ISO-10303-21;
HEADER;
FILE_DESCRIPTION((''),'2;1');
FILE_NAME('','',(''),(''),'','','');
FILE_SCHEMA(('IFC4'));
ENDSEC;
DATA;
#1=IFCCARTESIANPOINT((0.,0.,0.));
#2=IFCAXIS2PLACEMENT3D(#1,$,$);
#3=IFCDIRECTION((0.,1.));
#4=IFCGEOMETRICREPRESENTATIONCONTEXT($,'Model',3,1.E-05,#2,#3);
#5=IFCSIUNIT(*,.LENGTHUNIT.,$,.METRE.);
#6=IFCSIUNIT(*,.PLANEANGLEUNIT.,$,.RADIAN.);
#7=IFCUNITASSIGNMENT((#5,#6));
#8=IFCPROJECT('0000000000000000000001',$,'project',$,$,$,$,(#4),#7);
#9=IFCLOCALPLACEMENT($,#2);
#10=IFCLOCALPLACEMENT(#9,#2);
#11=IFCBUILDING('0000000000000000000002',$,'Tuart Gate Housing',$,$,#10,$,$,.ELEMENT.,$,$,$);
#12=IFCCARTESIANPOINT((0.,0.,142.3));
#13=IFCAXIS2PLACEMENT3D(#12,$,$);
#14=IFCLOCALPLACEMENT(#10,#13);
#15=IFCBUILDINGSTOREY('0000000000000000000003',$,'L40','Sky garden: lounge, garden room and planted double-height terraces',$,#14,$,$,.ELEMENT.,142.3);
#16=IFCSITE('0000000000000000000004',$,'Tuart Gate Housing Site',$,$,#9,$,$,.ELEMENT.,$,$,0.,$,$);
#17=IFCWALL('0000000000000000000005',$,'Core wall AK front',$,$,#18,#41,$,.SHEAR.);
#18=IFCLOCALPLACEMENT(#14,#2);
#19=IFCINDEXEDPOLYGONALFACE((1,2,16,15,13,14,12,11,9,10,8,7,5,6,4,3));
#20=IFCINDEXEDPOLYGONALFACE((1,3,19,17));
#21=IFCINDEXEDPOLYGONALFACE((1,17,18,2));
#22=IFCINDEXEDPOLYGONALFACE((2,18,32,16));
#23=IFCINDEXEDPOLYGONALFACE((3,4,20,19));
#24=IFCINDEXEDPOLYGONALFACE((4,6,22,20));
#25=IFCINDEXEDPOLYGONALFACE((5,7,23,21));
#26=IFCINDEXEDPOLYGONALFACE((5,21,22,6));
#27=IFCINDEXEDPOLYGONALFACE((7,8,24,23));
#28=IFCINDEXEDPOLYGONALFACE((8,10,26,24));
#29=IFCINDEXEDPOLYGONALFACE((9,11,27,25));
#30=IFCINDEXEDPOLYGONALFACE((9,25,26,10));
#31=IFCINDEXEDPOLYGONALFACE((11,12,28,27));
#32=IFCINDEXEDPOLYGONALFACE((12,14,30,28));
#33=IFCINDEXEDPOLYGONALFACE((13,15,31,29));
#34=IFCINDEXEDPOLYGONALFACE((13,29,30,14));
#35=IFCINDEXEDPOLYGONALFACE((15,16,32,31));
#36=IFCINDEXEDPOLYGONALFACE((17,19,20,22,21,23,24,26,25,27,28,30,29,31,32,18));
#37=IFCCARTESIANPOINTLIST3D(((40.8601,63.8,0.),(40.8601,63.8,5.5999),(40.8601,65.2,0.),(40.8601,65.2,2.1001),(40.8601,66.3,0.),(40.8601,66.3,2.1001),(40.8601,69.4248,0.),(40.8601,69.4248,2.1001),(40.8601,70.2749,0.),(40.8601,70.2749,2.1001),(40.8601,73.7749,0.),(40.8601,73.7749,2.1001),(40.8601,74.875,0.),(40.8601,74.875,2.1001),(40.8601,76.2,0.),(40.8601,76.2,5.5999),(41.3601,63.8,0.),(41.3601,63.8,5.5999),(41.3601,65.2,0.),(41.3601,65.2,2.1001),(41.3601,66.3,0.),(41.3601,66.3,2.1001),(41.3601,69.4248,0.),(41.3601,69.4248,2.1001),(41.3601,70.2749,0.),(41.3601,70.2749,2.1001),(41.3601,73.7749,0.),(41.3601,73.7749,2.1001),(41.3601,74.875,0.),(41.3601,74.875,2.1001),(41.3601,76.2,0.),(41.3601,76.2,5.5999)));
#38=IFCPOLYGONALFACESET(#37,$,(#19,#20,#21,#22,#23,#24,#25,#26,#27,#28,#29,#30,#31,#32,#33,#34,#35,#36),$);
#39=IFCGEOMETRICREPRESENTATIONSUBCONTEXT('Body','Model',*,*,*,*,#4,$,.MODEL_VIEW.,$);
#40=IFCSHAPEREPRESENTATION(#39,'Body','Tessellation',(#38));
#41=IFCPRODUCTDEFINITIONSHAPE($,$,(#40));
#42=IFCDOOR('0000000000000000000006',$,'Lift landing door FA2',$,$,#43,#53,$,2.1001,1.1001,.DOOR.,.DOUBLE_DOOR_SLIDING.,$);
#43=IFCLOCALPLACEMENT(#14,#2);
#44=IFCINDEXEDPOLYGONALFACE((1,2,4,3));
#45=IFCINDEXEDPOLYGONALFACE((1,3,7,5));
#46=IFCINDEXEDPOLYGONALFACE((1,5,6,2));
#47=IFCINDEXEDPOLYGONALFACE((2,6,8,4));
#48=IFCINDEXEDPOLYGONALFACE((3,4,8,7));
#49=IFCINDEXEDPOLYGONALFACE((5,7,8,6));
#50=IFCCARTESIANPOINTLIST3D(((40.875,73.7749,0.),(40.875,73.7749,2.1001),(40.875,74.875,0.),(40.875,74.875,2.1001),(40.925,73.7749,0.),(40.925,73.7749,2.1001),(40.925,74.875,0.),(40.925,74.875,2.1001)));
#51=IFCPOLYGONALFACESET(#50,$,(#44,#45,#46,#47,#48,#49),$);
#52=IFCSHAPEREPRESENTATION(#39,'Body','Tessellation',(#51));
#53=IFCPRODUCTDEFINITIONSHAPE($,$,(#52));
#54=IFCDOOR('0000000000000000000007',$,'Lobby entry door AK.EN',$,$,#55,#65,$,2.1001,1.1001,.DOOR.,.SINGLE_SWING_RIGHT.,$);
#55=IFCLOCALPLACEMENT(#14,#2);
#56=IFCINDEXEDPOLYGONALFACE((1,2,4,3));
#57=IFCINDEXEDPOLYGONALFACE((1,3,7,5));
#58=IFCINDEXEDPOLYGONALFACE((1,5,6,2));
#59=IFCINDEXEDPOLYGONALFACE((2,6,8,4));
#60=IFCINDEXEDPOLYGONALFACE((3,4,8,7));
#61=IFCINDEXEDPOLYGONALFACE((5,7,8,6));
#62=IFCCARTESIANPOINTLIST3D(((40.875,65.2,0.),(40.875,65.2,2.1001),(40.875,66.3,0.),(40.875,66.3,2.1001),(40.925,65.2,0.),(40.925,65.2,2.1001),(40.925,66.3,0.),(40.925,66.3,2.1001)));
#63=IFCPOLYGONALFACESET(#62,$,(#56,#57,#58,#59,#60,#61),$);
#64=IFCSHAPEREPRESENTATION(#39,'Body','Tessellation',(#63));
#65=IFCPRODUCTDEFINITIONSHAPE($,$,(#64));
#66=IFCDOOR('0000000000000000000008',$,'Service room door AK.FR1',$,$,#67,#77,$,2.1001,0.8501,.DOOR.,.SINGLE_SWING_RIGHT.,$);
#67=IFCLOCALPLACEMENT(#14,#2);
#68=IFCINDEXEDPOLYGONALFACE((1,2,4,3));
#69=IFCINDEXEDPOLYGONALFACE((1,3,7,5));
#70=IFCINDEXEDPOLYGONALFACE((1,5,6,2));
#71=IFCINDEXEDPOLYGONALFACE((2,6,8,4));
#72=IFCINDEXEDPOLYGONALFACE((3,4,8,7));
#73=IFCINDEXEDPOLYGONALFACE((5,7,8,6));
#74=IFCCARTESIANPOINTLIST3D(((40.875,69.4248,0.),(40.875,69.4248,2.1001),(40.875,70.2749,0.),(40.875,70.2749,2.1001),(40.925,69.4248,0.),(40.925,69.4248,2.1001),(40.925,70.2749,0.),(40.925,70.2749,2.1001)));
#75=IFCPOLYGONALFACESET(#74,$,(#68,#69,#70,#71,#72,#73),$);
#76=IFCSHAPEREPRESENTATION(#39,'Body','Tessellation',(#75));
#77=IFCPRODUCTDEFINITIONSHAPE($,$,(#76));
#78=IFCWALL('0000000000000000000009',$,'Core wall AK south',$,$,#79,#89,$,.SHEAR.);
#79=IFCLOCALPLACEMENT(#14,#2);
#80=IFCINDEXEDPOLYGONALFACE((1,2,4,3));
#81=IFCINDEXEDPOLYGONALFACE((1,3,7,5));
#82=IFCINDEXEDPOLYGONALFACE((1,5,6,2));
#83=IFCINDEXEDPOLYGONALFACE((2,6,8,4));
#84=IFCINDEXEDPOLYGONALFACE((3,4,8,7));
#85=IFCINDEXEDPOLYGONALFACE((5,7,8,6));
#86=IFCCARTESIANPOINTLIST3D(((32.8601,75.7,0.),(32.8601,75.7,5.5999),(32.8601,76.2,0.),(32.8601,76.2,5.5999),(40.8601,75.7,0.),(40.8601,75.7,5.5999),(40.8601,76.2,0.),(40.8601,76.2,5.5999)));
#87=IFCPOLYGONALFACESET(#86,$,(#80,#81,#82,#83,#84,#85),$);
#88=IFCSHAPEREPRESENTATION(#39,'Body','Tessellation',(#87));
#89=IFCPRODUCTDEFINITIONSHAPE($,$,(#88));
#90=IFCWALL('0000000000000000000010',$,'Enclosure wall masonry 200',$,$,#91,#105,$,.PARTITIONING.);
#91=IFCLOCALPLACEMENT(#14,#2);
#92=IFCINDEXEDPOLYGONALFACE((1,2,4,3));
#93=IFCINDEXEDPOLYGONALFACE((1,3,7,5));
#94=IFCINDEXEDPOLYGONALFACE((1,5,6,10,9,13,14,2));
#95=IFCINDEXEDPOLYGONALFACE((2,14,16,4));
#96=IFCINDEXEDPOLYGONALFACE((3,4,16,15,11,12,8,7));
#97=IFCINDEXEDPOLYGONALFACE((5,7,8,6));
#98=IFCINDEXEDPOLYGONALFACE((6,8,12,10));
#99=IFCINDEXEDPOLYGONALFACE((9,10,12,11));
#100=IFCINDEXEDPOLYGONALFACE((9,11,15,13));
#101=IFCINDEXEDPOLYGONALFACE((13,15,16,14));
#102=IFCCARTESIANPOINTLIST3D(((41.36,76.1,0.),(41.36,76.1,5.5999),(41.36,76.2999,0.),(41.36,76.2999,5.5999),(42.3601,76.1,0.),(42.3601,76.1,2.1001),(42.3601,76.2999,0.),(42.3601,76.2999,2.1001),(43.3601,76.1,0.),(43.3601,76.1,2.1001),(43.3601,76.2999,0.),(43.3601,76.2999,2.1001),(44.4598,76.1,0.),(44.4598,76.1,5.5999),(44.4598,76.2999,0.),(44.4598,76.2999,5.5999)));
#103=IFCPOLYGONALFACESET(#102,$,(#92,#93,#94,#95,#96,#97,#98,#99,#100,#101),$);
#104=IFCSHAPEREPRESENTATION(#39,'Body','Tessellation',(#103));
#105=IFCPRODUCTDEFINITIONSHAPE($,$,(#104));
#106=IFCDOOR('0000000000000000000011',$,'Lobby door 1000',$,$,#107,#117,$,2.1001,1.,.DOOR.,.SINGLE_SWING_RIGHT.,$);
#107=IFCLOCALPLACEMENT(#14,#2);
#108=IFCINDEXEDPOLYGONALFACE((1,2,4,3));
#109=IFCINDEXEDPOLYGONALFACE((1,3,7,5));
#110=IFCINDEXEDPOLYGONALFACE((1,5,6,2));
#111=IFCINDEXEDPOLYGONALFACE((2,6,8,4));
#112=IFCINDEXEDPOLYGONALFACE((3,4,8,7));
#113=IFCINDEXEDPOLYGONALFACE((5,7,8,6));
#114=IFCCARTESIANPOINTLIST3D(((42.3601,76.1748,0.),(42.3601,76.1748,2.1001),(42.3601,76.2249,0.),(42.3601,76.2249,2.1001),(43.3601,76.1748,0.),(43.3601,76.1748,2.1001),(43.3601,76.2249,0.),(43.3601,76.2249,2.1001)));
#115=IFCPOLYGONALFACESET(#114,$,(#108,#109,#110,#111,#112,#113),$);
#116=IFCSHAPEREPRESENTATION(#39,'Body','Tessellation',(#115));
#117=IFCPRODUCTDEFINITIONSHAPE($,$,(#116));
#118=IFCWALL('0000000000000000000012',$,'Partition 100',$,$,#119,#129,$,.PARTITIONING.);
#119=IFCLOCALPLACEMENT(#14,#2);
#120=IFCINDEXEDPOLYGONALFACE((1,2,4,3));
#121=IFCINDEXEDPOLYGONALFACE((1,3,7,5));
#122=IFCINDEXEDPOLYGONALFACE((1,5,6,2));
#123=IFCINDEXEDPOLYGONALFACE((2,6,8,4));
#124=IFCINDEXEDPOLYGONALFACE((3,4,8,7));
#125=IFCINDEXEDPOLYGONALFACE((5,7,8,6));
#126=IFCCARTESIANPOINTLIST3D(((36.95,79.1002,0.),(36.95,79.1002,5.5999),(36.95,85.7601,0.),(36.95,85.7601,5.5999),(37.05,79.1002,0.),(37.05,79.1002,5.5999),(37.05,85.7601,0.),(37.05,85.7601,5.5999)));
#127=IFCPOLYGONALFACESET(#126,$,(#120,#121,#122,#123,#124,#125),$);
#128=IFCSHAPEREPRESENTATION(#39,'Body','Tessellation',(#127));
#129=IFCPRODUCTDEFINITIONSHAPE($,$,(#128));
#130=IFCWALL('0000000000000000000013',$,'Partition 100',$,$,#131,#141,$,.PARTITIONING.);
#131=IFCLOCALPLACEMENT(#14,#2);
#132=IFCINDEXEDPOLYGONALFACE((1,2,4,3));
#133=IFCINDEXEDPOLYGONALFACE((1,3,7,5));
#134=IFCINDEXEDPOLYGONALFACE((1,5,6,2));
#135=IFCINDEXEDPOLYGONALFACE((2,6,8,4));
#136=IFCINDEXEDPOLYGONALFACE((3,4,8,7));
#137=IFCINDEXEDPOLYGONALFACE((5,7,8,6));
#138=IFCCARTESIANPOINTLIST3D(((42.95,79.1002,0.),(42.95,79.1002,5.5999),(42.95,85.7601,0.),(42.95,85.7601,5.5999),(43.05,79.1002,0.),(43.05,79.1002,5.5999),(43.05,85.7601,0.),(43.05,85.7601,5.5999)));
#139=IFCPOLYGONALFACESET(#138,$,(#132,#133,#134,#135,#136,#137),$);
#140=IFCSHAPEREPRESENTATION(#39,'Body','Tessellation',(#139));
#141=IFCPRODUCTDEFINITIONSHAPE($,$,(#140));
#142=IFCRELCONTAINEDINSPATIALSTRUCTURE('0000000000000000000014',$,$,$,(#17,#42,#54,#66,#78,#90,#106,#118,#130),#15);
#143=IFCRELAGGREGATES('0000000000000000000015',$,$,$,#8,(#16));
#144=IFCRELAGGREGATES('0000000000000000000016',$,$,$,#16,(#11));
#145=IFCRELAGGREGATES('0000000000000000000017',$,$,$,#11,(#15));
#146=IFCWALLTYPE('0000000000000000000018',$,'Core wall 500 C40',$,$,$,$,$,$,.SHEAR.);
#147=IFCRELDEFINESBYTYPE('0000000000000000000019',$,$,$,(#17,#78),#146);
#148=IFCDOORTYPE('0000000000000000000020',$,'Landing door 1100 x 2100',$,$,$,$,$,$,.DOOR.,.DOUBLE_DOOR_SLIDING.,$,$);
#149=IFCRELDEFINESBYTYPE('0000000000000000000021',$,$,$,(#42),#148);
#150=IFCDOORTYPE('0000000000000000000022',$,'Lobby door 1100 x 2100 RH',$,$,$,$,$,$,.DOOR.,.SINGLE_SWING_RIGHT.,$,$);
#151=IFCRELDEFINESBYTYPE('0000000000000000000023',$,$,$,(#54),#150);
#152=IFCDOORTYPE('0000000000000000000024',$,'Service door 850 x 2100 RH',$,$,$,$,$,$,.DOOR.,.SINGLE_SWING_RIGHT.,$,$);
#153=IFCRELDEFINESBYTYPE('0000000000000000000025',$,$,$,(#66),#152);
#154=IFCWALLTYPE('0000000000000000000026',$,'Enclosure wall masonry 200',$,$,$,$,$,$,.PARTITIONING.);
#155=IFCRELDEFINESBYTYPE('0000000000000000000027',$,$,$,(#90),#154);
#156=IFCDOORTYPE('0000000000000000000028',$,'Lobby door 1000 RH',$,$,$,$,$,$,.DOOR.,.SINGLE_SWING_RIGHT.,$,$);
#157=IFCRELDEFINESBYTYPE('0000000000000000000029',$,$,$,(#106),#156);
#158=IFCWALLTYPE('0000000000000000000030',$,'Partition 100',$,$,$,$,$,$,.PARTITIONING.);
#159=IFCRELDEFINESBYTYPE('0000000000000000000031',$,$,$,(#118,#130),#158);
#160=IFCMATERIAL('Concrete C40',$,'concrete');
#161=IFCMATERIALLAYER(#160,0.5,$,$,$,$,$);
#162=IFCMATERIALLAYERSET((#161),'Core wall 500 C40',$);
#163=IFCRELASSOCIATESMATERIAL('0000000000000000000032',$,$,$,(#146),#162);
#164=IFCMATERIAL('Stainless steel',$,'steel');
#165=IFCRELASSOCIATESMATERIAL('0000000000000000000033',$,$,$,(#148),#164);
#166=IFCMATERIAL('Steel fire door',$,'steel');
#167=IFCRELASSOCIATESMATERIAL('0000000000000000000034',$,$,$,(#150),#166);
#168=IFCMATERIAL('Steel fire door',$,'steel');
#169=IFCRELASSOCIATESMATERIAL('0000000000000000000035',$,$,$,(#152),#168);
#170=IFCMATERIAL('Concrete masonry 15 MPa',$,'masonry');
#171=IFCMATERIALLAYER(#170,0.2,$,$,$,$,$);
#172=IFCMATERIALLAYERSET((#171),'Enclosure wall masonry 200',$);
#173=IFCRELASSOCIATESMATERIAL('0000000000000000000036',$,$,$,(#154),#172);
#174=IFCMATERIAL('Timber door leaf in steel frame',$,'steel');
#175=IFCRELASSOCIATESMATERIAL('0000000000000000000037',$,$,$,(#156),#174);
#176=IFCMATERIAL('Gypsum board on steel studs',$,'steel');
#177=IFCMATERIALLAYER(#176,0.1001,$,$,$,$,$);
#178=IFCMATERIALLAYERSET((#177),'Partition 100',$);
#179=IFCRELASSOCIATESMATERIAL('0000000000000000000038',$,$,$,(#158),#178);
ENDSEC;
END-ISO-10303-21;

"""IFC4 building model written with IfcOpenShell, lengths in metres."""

from ifc_helpers import new_model, si_unit, direction, frame, frame_2d, origin, place, context, subcontext, project, spatial, rectangle, extrude, material, layer, layer_set, type_object, element, fill, save


model = new_model("IFC4")

# Units and contexts
model_context = context("Model", 3, precision=1e-05, world=origin(), true_north=direction((0.0, 1.0)))
body_context = subcontext(model_context, "Body", "Model", "MODEL_VIEW")
ifc_project = project(units=[si_unit("LENGTHUNIT", "METRE"), si_unit("PLANEANGLEUNIT", "RADIAN")], contexts=[model_context])

# Site, building, storey
site_placement = place(None, origin())
site = spatial("IfcSite", under=ifc_project, at=site_placement, Name="Tuart Gate Housing Site", CompositionType="ELEMENT", RefElevation=0.0)
building_placement = place(site_placement, origin())
building = spatial("IfcBuilding", under=site, at=building_placement, Name="Tuart Gate Housing", CompositionType="ELEMENT")
storey_placement = place(building_placement, frame((0.0, 0.0, 142.3)))
storey = spatial("IfcBuildingStorey", under=building, at=storey_placement, Name="L40", Description="Sky garden: lounge, garden room and planted double-height terraces", CompositionType="ELEMENT", Elevation=142.3)

# Wall, openings, doors
ifc_material_1 = material(Name="Concrete C40", Category="concrete")
ifc_layer_1 = layer(ifc_material_1, 0.5)
ifc_layer_set_1 = layer_set([ifc_layer_1], Name="Core wall 500 C40")
wall_type_1 = type_object("IfcWallType", Name="Core wall 500 C40", PredefinedType="SHEAR", material=ifc_layer_set_1)
wall_1_placement = place(storey_placement, frame((41.1101, 76.2, 0.0), z_axis=(0.0, 0.0, 1.0), x_axis=(0.0, -1.0, 0.0)))
wall_1 = element("IfcWall", 1, at=wall_1_placement, inside=storey, type_object=wall_type_1, Name="Core wall AK front", PredefinedType="SHEAR", context=body_context, shape_type="SweptSolid", body=[
    extrude(rectangle(XDim=12.3999, YDim=0.5, at=frame_2d((6.2, 0.0))), origin(), (0.0, 0.0, 1.0), 5.5999),
])
opening_1_placement = place(wall_1_placement, frame((1.325, 0.0, 0.0)))
opening_1 = element("IfcOpeningElement", 2, at=opening_1_placement, cuts=wall_1, PredefinedType="OPENING", context=body_context, shape_type="SweptSolid", body=[
    extrude(rectangle(XDim=1.1001, YDim=2.1001, at=frame_2d((0.55, 1.05))), frame((0.0, 0.26, 0.0), z_axis=(0.0, -1.0, 0.0), x_axis=(1.0, 0.0, 0.0)), (0.0, 0.0, 1.0), 0.52),
])
opening_2_placement = place(wall_1_placement, frame((5.925, 0.0, 0.0)))
opening_2 = element("IfcOpeningElement", 3, at=opening_2_placement, cuts=wall_1, PredefinedType="OPENING", context=body_context, shape_type="SweptSolid", body=[
    extrude(rectangle(XDim=0.8501, YDim=2.1001, at=frame_2d((0.425, 1.05))), frame((0.0, 0.26, 0.0), z_axis=(0.0, -1.0, 0.0), x_axis=(1.0, 0.0, 0.0)), (0.0, 0.0, 1.0), 0.52),
])
opening_3_placement = place(wall_1_placement, frame((9.8999, 0.0, 0.0)))
opening_3 = element("IfcOpeningElement", 4, at=opening_3_placement, cuts=wall_1, PredefinedType="OPENING", context=body_context, shape_type="SweptSolid", body=[
    extrude(rectangle(XDim=1.1001, YDim=2.1001, at=frame_2d((0.55, 1.05))), frame((0.0, 0.26, 0.0), z_axis=(0.0, -1.0, 0.0), x_axis=(1.0, 0.0, 0.0)), (0.0, 0.0, 1.0), 0.52),
])
ifc_material_2 = material(Name="Stainless steel", Category="steel")
door_type_1 = type_object("IfcDoorType", Name="Landing door 1100 x 2100", OperationType="DOUBLE_DOOR_SLIDING", PredefinedType="DOOR", material=ifc_material_2)
door_1_placement = place(opening_1_placement, origin())
door_1 = element("IfcDoor", 5, at=door_1_placement, inside=storey, type_object=door_type_1, Name="Lift landing door FA2", OperationType="DOUBLE_DOOR_SLIDING", OverallHeight=2.1001, OverallWidth=1.1001, PredefinedType="DOOR", context=body_context, shape_type="SweptSolid", body=[
    extrude(rectangle(XDim=1.1001, YDim=2.1001, at=frame_2d((0.55, 1.05))), frame((0.0, -0.1851, 0.0), z_axis=(0.0, -1.0, 0.0), x_axis=(1.0, 0.0, 0.0)), (0.0, 0.0, 1.0), 0.05),
])
fill(opening_1, door_1)
ifc_material_3 = material(Name="Steel fire door", Category="steel")
door_type_2 = type_object("IfcDoorType", Name="Lobby door 1100 x 2100 RH", OperationType="SINGLE_SWING_RIGHT", PredefinedType="DOOR", material=ifc_material_3)
door_2_placement = place(opening_3_placement, frame((1.1001, 0.0, 0.0), z_axis=(0.0, 0.0, 1.0), x_axis=(-1.0, 0.0, 0.0)))
door_2 = element("IfcDoor", 6, at=door_2_placement, inside=storey, type_object=door_type_2, Name="Lobby entry door AK.EN", OperationType="SINGLE_SWING_RIGHT", OverallHeight=2.1001, OverallWidth=1.1001, PredefinedType="DOOR", context=body_context, shape_type="SweptSolid", body=[
    extrude(rectangle(XDim=1.1001, YDim=2.1001, at=frame_2d((0.55, 1.05))), frame((0.0, 0.2351, 0.0), z_axis=(0.0, -1.0, 0.0), x_axis=(1.0, 0.0, 0.0)), (0.0, 0.0, 1.0), 0.05),
])
fill(opening_3, door_2)
ifc_material_4 = material(Name="Steel fire door", Category="steel")
door_type_3 = type_object("IfcDoorType", Name="Service door 850 x 2100 RH", OperationType="SINGLE_SWING_RIGHT", PredefinedType="DOOR", material=ifc_material_4)
door_3_placement = place(opening_2_placement, frame((0.8501, 0.0, 0.0), z_axis=(0.0, 0.0, 1.0), x_axis=(-1.0, 0.0, 0.0)))
door_3 = element("IfcDoor", 7, at=door_3_placement, inside=storey, type_object=door_type_3, Name="Service room door AK.FR1", OperationType="SINGLE_SWING_RIGHT", OverallHeight=2.1001, OverallWidth=0.8501, PredefinedType="DOOR", context=body_context, shape_type="SweptSolid", body=[
    extrude(rectangle(XDim=0.8501, YDim=2.1001, at=frame_2d((0.425, 1.05))), frame((0.0, 0.2351, 0.0), z_axis=(0.0, -1.0, 0.0), x_axis=(1.0, 0.0, 0.0)), (0.0, 0.0, 1.0), 0.05),
])
fill(opening_2, door_3)

# Wall
wall_2_placement = place(storey_placement, frame((40.8601, 75.95, 0.0), z_axis=(0.0, 0.0, 1.0), x_axis=(-1.0, 0.0, 0.0)))
element("IfcWall", 8, at=wall_2_placement, inside=storey, type_object=wall_type_1, Name="Core wall AK south", PredefinedType="SHEAR", context=body_context, shape_type="SweptSolid", body=[
    extrude(rectangle(XDim=8.0, YDim=0.5, at=frame_2d((4.0, 0.0))), origin(), (0.0, 0.0, 1.0), 5.5999),
])

# Wall, opening, door
ifc_material_5 = material(Name="Concrete masonry 15 MPa", Category="masonry")
ifc_layer_2 = layer(ifc_material_5, 0.2)
ifc_layer_set_2 = layer_set([ifc_layer_2], Name="Enclosure wall masonry 200")
wall_type_2 = type_object("IfcWallType", Name="Enclosure wall masonry 200", PredefinedType="PARTITIONING", material=ifc_layer_set_2)
wall_3_placement = place(storey_placement, frame((41.3601, 76.2, 0.0), z_axis=(0.0, 0.0, 1.0), x_axis=(1.0, 0.0, 0.0)))
wall_3 = element("IfcWall", 9, at=wall_3_placement, inside=storey, type_object=wall_type_2, Name="Enclosure wall masonry 200", PredefinedType="PARTITIONING", context=body_context, shape_type="SweptSolid", body=[
    extrude(rectangle(XDim=3.0999, YDim=0.2, at=frame_2d((1.5498, 0.0))), origin(), (0.0, 0.0, 1.0), 5.5999),
])
opening_4_placement = place(wall_3_placement, frame((1.0, 0.0, 0.0)))
opening_4 = element("IfcOpeningElement", 10, at=opening_4_placement, cuts=wall_3, PredefinedType="OPENING", context=body_context, shape_type="SweptSolid", body=[
    extrude(rectangle(XDim=1.0, YDim=2.1001, at=frame_2d((0.5, 1.05))), frame((0.0, 0.1099, 0.0), z_axis=(0.0, -1.0, 0.0), x_axis=(1.0, 0.0, 0.0)), (0.0, 0.0, 1.0), 0.22),
])
ifc_material_6 = material(Name="Timber door leaf in steel frame", Category="steel")
door_type_4 = type_object("IfcDoorType", Name="Lobby door 1000 RH", OperationType="SINGLE_SWING_RIGHT", PredefinedType="DOOR", material=ifc_material_6)
door_4_placement = place(opening_4_placement, origin())
door_4 = element("IfcDoor", 11, at=door_4_placement, inside=storey, type_object=door_type_4, Name="Lobby door 1000", OperationType="SINGLE_SWING_RIGHT", OverallHeight=2.1001, OverallWidth=1.0, PredefinedType="DOOR", context=body_context, shape_type="SweptSolid", body=[
    extrude(rectangle(XDim=1.0, YDim=2.1001, at=frame_2d((0.5, 1.05))), frame((0.0, 0.0249, 0.0), z_axis=(0.0, -1.0, 0.0), x_axis=(1.0, 0.0, 0.0)), (0.0, 0.0, 1.0), 0.05),
])
fill(opening_4, door_4)

# Walls
ifc_material_7 = material(Name="Gypsum board on steel studs", Category="steel")
ifc_layer_3 = layer(ifc_material_7, 0.1001)
ifc_layer_set_3 = layer_set([ifc_layer_3], Name="Partition 100")
wall_type_3 = type_object("IfcWallType", Name="Partition 100", PredefinedType="PARTITIONING", material=ifc_layer_set_3)
for number, where, z_axis, x_axis, name in (
    (12, (37.0, 79.1001, 0.0), (0.0, 0.0, 1.0), (0.0, 1.0, 0.0), "Partition 100"),
    (13, (43.0, 79.1001, 0.0), (0.0, 0.0, 1.0), (0.0, 1.0, 0.0), "Partition 100"),
):
    element("IfcWall", number, at=place(storey_placement, frame(where, z_axis=z_axis, x_axis=x_axis)), inside=storey, type_object=wall_type_3, Name=name, PredefinedType="PARTITIONING", context=body_context, shape_type="SweptSolid", body=[
        extrude(rectangle(XDim=6.6599, YDim=0.1001, at=frame_2d((3.3301, 0.0))), origin(), (0.0, 0.0, 1.0), 5.5999),
    ])

save(model, "model.ifc")
